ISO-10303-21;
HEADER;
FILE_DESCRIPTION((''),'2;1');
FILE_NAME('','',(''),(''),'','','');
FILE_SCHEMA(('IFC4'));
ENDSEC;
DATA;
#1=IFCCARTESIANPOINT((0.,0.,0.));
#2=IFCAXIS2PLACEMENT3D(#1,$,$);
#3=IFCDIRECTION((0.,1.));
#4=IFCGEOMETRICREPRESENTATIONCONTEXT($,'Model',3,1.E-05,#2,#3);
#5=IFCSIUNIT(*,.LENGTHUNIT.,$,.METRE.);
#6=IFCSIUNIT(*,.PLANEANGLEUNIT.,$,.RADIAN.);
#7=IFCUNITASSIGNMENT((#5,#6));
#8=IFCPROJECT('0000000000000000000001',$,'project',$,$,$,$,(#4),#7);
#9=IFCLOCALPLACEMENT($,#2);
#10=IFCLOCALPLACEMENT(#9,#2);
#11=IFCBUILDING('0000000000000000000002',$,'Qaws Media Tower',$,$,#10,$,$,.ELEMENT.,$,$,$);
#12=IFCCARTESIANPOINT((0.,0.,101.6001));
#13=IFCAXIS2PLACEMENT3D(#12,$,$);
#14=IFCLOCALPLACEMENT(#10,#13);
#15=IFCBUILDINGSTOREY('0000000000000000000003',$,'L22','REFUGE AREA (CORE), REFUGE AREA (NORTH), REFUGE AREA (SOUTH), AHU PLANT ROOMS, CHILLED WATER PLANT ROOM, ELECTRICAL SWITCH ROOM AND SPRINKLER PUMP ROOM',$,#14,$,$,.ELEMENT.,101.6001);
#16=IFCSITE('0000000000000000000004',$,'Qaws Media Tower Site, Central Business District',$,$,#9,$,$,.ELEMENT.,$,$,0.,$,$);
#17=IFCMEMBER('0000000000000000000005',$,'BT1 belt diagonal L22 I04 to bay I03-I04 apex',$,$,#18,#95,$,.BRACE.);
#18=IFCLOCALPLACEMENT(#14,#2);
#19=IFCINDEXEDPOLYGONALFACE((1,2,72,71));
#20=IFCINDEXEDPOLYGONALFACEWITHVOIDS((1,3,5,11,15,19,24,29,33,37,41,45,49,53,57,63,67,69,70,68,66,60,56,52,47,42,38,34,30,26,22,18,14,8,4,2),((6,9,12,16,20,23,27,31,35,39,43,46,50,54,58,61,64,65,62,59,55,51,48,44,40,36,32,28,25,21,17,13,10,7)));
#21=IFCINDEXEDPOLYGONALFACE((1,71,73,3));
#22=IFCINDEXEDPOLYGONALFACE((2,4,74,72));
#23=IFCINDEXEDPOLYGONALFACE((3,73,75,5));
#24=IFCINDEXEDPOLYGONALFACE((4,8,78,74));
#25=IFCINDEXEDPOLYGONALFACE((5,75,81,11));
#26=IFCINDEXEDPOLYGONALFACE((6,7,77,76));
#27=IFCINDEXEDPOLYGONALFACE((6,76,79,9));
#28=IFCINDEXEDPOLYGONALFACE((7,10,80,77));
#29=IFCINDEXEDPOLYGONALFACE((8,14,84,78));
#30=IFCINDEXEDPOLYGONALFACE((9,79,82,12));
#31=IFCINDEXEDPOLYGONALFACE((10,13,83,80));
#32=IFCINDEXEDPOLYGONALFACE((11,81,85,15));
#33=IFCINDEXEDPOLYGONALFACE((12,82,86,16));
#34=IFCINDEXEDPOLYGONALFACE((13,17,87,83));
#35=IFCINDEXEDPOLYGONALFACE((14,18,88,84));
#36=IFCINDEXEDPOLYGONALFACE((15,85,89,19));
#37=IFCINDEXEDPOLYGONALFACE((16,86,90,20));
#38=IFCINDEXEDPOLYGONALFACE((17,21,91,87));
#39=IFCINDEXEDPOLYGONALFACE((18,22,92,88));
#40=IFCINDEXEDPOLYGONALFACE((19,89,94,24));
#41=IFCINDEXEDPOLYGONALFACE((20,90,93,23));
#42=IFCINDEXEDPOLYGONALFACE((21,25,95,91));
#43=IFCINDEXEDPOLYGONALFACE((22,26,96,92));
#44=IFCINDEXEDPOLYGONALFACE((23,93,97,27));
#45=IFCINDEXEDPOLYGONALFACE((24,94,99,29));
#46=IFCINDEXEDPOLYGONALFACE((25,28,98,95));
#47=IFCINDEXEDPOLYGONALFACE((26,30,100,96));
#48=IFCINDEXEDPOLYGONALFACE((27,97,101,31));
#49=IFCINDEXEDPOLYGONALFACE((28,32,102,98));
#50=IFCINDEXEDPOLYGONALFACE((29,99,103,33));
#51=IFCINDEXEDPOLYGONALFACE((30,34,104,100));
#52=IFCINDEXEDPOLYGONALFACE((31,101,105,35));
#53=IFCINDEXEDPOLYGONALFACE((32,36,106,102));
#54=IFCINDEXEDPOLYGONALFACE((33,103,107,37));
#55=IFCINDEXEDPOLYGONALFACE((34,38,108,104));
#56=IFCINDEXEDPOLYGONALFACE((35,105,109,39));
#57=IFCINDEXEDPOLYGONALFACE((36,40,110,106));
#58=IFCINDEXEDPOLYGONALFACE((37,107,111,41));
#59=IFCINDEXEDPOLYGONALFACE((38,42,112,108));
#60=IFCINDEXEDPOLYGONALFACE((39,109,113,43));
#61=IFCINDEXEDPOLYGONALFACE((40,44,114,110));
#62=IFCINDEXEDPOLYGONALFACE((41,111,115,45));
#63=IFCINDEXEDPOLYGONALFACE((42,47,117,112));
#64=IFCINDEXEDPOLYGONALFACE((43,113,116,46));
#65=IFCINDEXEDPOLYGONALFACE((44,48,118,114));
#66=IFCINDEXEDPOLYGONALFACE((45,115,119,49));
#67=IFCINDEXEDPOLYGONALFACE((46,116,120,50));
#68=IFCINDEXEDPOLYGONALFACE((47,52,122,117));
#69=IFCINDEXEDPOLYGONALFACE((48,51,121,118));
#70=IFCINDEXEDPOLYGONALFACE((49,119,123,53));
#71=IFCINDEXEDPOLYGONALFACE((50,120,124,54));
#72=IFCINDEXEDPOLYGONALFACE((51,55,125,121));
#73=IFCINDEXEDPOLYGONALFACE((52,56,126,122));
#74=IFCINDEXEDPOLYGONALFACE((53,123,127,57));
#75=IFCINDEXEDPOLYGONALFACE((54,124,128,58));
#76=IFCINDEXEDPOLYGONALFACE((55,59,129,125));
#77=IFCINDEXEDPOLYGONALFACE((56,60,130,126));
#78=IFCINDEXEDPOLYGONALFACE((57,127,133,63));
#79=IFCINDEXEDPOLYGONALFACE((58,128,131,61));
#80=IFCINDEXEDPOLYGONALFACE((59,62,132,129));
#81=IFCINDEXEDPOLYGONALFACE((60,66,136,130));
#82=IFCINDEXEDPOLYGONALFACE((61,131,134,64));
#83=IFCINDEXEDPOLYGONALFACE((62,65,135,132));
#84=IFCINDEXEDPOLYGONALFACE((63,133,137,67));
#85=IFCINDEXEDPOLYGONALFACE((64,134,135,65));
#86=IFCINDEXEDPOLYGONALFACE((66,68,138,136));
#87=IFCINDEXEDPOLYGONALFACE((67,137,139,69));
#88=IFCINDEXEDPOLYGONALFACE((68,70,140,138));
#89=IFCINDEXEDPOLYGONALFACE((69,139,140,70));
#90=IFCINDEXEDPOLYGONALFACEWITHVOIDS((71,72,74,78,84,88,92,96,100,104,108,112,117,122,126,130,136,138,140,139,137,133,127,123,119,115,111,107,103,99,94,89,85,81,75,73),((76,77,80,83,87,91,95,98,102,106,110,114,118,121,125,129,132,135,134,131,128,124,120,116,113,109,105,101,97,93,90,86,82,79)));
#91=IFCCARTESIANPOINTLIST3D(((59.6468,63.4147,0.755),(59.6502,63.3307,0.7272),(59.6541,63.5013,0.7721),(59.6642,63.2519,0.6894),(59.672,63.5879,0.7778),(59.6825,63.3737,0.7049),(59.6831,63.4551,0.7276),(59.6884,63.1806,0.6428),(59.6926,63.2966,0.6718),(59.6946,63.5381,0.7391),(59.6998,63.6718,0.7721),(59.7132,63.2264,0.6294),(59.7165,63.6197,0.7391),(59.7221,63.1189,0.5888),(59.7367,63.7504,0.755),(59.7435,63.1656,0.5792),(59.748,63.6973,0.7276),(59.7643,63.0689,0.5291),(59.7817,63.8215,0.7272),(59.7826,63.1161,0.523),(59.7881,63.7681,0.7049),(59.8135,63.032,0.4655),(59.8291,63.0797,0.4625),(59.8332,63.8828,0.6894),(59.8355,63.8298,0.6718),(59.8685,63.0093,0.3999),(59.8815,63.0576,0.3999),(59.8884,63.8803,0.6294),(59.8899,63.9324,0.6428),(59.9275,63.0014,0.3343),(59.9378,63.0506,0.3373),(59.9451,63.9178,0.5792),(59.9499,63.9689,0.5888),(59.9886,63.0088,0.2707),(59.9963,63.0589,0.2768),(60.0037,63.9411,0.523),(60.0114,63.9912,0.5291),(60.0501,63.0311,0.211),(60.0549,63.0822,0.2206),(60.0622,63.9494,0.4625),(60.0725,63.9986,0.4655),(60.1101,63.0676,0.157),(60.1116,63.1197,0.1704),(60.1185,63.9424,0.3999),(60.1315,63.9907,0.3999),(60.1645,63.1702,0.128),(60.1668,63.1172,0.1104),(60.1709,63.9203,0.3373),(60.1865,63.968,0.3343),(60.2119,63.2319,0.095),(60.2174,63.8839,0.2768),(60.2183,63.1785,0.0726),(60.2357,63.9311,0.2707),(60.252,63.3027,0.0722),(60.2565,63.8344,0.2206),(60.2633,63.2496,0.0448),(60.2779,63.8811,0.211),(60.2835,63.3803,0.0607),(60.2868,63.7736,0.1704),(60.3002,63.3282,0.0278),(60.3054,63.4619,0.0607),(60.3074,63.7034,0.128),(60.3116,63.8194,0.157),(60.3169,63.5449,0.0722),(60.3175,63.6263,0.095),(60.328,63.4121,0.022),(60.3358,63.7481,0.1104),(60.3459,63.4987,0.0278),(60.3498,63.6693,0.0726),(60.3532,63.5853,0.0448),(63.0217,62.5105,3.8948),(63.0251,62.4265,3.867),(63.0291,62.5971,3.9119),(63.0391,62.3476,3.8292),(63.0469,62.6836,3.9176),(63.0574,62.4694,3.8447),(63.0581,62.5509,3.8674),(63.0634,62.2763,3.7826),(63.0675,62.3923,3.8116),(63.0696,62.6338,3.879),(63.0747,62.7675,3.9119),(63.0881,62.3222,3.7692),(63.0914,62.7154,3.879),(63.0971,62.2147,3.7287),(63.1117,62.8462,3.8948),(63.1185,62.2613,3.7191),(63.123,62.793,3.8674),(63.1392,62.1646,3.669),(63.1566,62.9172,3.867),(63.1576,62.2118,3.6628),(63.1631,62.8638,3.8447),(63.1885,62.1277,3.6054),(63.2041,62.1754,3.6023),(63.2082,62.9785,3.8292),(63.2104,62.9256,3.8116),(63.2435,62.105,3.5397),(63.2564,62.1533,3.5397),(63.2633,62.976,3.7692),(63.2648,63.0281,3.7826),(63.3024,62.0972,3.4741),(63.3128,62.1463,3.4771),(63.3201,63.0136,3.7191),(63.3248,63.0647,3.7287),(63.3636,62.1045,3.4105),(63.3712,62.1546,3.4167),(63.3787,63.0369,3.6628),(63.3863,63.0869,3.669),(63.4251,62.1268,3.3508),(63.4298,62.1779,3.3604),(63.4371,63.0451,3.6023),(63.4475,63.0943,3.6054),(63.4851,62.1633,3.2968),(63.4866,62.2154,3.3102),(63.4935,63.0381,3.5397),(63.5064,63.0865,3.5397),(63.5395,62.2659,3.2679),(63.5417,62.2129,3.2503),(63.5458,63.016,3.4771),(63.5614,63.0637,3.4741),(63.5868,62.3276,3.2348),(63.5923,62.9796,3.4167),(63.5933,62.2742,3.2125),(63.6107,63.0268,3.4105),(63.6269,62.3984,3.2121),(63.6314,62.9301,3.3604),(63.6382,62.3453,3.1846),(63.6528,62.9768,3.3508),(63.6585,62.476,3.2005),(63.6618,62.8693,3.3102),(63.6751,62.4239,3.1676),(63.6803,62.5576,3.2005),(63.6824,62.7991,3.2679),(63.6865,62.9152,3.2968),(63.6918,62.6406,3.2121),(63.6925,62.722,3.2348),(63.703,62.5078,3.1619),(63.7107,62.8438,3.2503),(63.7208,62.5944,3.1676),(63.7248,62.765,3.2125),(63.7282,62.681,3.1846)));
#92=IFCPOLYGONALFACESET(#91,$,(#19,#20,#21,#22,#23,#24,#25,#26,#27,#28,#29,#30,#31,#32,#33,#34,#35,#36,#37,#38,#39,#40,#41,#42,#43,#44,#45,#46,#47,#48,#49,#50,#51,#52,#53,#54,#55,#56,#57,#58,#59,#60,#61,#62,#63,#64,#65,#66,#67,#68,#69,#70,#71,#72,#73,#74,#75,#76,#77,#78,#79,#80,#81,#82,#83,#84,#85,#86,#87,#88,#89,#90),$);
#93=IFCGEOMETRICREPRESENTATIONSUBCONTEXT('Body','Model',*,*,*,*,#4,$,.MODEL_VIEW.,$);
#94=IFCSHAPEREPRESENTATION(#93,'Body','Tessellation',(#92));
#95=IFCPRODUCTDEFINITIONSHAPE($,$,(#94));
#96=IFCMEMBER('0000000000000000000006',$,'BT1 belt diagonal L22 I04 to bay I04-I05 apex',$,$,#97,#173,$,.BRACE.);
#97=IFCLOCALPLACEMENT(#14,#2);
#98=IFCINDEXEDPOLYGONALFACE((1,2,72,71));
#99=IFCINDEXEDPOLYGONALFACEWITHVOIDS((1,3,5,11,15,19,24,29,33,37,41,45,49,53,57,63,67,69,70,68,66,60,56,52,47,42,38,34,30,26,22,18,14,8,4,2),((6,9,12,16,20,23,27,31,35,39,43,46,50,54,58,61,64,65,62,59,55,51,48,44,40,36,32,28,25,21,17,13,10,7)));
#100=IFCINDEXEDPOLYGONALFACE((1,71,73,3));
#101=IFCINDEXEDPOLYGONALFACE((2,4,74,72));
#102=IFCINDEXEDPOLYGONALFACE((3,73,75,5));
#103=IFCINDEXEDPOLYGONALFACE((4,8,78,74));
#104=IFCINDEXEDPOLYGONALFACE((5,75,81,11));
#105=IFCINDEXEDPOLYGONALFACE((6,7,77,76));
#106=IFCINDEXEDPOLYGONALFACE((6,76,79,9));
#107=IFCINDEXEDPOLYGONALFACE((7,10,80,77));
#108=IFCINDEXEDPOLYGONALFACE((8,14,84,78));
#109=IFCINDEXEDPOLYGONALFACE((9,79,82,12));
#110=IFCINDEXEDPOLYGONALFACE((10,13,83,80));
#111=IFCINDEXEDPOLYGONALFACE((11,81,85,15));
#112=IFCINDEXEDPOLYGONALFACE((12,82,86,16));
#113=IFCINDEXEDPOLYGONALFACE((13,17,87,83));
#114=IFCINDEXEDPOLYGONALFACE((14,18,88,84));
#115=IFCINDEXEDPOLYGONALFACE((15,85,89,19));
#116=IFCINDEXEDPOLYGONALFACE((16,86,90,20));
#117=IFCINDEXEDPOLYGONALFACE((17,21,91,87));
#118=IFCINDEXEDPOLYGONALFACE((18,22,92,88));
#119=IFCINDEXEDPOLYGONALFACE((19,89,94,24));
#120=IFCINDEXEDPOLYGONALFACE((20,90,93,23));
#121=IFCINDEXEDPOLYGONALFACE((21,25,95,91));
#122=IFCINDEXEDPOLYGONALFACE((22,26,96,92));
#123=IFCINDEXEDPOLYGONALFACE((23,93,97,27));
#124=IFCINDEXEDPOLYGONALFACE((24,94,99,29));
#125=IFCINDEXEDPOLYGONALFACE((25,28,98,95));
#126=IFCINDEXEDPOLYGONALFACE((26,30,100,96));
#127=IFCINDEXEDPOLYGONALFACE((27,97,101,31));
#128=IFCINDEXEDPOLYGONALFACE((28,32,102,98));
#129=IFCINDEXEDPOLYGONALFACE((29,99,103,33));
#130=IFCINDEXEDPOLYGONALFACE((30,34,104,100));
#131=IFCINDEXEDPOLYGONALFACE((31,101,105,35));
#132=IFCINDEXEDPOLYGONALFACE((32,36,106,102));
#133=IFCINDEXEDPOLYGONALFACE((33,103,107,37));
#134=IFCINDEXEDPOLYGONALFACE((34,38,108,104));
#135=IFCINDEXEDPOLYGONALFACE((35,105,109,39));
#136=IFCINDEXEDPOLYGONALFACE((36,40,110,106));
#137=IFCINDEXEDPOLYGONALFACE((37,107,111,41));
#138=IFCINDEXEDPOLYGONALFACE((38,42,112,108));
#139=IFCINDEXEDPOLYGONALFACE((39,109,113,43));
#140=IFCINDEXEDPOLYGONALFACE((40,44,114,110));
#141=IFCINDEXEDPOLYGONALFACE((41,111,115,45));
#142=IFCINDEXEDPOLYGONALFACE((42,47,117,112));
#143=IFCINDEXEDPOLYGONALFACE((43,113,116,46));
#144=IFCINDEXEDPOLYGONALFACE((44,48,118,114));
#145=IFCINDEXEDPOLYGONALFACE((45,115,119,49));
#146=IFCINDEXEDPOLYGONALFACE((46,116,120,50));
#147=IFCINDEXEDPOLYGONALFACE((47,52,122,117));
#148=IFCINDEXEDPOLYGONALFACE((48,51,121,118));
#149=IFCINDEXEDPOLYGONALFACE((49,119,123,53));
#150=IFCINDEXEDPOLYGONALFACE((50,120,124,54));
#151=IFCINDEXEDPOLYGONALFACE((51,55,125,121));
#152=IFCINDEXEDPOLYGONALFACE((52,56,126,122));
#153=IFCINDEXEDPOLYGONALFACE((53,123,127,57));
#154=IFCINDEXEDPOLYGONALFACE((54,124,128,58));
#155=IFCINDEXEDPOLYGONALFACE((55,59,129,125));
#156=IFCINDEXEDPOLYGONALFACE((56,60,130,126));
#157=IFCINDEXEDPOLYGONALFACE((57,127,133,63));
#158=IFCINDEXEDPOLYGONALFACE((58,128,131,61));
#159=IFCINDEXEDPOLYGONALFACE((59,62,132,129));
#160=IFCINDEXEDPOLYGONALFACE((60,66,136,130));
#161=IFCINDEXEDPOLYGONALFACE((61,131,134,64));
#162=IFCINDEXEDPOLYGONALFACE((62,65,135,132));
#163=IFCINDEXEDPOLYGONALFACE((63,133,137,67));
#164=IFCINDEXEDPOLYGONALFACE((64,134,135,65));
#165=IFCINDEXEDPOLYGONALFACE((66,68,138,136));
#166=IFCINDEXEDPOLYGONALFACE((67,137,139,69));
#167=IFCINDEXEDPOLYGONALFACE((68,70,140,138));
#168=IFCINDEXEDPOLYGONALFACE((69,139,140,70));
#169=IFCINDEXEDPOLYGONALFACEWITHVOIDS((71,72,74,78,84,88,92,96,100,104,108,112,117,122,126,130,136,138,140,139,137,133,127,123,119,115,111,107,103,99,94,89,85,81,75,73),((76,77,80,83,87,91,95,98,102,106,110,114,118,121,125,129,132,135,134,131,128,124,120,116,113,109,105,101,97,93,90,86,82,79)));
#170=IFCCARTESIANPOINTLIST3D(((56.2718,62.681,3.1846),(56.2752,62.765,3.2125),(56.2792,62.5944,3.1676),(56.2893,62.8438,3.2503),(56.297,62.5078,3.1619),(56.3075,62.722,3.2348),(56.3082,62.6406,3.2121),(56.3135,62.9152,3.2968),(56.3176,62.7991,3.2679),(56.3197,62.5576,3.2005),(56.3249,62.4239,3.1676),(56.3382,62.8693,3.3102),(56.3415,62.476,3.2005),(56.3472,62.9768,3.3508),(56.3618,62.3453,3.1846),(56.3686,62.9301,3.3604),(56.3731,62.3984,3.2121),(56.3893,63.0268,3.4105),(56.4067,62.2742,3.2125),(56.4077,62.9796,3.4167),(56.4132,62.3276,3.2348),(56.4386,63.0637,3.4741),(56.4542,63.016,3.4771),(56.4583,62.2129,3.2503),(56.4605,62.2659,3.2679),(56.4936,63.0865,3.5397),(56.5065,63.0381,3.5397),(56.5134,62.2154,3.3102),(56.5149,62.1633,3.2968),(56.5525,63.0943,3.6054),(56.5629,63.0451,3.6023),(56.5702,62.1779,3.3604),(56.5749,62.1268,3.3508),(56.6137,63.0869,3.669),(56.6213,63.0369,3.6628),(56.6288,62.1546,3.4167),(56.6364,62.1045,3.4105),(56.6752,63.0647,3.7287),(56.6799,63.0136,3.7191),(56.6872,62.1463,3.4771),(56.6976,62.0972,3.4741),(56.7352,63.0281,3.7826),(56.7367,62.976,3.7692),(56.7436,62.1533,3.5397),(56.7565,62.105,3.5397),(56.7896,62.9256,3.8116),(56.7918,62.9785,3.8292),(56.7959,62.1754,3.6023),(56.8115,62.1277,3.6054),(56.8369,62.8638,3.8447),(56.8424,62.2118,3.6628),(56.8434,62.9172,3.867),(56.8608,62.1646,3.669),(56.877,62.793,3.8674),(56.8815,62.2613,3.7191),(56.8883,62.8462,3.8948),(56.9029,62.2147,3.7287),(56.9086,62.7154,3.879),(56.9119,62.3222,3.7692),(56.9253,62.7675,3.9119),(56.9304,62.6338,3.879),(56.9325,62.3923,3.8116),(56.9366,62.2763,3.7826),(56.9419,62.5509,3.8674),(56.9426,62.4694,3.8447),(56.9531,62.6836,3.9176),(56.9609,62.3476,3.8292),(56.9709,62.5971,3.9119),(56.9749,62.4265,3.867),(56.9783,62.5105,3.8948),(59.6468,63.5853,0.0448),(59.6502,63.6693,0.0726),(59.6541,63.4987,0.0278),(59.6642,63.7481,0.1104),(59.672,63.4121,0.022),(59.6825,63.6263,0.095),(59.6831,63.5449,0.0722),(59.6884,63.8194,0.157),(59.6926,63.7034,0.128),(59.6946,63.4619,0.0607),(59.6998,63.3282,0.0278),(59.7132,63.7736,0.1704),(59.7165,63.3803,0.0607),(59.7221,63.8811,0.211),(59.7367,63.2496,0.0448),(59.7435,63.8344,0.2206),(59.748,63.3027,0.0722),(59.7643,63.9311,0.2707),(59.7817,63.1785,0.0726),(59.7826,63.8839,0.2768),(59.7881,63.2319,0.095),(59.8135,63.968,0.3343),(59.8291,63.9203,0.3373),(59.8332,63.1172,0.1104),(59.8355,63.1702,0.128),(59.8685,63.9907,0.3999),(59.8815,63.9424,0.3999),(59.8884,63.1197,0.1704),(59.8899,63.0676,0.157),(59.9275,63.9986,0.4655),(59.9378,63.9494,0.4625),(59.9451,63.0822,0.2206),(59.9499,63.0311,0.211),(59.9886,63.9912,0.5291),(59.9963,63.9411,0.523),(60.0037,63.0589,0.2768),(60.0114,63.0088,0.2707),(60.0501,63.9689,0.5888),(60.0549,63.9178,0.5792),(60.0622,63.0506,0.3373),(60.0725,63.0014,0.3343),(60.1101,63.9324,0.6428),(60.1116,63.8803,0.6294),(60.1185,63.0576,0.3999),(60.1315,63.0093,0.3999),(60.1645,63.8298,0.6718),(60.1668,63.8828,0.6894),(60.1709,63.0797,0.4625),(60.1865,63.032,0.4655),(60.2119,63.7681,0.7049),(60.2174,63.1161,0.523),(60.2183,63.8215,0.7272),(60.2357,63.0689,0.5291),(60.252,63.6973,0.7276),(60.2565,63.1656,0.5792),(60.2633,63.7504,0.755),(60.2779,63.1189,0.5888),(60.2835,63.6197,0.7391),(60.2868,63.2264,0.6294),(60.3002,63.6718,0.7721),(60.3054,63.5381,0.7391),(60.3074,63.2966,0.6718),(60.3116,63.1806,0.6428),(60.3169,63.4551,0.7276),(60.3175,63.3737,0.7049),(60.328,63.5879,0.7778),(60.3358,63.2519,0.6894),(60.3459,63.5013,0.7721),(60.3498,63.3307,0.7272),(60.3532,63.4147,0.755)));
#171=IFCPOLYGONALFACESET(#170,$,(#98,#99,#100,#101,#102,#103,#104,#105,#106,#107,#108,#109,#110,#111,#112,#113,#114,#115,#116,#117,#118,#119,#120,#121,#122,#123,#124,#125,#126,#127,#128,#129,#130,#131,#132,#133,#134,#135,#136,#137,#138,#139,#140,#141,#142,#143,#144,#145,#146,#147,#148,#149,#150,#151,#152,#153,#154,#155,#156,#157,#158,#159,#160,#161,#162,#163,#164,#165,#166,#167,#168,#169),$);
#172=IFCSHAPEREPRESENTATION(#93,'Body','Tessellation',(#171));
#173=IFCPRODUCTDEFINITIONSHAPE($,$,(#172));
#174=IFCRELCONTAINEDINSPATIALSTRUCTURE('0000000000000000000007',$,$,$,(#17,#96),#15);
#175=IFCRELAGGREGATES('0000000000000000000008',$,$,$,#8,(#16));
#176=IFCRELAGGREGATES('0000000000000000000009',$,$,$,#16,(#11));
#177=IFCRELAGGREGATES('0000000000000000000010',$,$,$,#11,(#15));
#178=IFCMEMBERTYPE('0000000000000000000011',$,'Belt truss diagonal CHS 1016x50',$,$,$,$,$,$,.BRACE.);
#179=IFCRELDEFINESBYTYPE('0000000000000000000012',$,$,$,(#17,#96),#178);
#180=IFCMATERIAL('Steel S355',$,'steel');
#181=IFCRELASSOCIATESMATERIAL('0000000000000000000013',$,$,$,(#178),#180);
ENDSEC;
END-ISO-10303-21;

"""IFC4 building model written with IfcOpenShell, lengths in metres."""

from ifc_helpers import new_model, si_unit, direction, frame, origin, origin_2d, place, context, subcontext, project, spatial, hollow_circle, extrude, material, material_profile, profile_set, type_object, element, save


model = new_model("IFC4")

# Units and contexts
model_context = context("Model", 3, precision=1e-05, world=origin(), true_north=direction((0.0, 1.0)))
body_context = subcontext(model_context, "Body", "Model", "MODEL_VIEW")
ifc_project = project(units=[si_unit("LENGTHUNIT", "METRE"), si_unit("PLANEANGLEUNIT", "RADIAN")], contexts=[model_context])

# Site, building, storey
site_placement = place(None, origin())
site = spatial("IfcSite", under=ifc_project, at=site_placement, Name="Qaws Media Tower Site, Central Business District", CompositionType="ELEMENT", RefElevation=0.0)
building_placement = place(site_placement, origin())
building = spatial("IfcBuilding", under=site, at=building_placement, Name="Qaws Media Tower", CompositionType="ELEMENT")
storey_placement = place(building_placement, frame((0.0, 0.0, 101.6001)))
storey = spatial("IfcBuildingStorey", under=building, at=storey_placement, Name="L22", Description="REFUGE AREA (CORE), REFUGE AREA (NORTH), REFUGE AREA (SOUTH), AHU PLANT ROOMS, CHILLED WATER PLANT ROOM, ELECTRICAL SWITCH ROOM AND SPRINKLER PUMP ROOM", CompositionType="ELEMENT", Elevation=101.6001)

# Members
ifc_material_1 = material(Name="Steel S355", Category="steel")
ifc_material_profile_1 = material_profile(ifc_material_1, hollow_circle(Radius=0.5081, WallThickness=0.05, at=origin_2d()), Name="CHS 1016x50")
ifc_profile_set_1 = profile_set([ifc_material_profile_1], Name="Steel S355")
member_type_1 = type_object("IfcMemberType", Name="Belt truss diagonal CHS 1016x50", PredefinedType="BRACE", material=ifc_profile_set_1)
for number, where, z_axis, x_axis, name in (
    (1, (60.0, 63.5, 0.3999), (0.718454, -0.192503, 0.668406), (0.258811, 0.965928, 0.0), "BT1 belt diagonal L22 I04 to bay I03-I04 apex"),
    (2, (60.0, 63.5, 0.3999), (-0.718454, -0.192503, 0.668406), (0.258811, -0.965928, 0.0), "BT1 belt diagonal L22 I04 to bay I04-I05 apex"),
):
    element("IfcMember", number, at=place(storey_placement, frame(where, z_axis=z_axis, x_axis=x_axis)), inside=storey, type_object=member_type_1, Name=name, PredefinedType="BRACE", context=body_context, shape_type="SweptSolid", body=[
        extrude(hollow_circle(Radius=0.5081, WallThickness=0.05, at=origin_2d()), origin(), (0.0, 0.0, 1.0), 4.6975),
    ])

save(model, "model.ifc")
